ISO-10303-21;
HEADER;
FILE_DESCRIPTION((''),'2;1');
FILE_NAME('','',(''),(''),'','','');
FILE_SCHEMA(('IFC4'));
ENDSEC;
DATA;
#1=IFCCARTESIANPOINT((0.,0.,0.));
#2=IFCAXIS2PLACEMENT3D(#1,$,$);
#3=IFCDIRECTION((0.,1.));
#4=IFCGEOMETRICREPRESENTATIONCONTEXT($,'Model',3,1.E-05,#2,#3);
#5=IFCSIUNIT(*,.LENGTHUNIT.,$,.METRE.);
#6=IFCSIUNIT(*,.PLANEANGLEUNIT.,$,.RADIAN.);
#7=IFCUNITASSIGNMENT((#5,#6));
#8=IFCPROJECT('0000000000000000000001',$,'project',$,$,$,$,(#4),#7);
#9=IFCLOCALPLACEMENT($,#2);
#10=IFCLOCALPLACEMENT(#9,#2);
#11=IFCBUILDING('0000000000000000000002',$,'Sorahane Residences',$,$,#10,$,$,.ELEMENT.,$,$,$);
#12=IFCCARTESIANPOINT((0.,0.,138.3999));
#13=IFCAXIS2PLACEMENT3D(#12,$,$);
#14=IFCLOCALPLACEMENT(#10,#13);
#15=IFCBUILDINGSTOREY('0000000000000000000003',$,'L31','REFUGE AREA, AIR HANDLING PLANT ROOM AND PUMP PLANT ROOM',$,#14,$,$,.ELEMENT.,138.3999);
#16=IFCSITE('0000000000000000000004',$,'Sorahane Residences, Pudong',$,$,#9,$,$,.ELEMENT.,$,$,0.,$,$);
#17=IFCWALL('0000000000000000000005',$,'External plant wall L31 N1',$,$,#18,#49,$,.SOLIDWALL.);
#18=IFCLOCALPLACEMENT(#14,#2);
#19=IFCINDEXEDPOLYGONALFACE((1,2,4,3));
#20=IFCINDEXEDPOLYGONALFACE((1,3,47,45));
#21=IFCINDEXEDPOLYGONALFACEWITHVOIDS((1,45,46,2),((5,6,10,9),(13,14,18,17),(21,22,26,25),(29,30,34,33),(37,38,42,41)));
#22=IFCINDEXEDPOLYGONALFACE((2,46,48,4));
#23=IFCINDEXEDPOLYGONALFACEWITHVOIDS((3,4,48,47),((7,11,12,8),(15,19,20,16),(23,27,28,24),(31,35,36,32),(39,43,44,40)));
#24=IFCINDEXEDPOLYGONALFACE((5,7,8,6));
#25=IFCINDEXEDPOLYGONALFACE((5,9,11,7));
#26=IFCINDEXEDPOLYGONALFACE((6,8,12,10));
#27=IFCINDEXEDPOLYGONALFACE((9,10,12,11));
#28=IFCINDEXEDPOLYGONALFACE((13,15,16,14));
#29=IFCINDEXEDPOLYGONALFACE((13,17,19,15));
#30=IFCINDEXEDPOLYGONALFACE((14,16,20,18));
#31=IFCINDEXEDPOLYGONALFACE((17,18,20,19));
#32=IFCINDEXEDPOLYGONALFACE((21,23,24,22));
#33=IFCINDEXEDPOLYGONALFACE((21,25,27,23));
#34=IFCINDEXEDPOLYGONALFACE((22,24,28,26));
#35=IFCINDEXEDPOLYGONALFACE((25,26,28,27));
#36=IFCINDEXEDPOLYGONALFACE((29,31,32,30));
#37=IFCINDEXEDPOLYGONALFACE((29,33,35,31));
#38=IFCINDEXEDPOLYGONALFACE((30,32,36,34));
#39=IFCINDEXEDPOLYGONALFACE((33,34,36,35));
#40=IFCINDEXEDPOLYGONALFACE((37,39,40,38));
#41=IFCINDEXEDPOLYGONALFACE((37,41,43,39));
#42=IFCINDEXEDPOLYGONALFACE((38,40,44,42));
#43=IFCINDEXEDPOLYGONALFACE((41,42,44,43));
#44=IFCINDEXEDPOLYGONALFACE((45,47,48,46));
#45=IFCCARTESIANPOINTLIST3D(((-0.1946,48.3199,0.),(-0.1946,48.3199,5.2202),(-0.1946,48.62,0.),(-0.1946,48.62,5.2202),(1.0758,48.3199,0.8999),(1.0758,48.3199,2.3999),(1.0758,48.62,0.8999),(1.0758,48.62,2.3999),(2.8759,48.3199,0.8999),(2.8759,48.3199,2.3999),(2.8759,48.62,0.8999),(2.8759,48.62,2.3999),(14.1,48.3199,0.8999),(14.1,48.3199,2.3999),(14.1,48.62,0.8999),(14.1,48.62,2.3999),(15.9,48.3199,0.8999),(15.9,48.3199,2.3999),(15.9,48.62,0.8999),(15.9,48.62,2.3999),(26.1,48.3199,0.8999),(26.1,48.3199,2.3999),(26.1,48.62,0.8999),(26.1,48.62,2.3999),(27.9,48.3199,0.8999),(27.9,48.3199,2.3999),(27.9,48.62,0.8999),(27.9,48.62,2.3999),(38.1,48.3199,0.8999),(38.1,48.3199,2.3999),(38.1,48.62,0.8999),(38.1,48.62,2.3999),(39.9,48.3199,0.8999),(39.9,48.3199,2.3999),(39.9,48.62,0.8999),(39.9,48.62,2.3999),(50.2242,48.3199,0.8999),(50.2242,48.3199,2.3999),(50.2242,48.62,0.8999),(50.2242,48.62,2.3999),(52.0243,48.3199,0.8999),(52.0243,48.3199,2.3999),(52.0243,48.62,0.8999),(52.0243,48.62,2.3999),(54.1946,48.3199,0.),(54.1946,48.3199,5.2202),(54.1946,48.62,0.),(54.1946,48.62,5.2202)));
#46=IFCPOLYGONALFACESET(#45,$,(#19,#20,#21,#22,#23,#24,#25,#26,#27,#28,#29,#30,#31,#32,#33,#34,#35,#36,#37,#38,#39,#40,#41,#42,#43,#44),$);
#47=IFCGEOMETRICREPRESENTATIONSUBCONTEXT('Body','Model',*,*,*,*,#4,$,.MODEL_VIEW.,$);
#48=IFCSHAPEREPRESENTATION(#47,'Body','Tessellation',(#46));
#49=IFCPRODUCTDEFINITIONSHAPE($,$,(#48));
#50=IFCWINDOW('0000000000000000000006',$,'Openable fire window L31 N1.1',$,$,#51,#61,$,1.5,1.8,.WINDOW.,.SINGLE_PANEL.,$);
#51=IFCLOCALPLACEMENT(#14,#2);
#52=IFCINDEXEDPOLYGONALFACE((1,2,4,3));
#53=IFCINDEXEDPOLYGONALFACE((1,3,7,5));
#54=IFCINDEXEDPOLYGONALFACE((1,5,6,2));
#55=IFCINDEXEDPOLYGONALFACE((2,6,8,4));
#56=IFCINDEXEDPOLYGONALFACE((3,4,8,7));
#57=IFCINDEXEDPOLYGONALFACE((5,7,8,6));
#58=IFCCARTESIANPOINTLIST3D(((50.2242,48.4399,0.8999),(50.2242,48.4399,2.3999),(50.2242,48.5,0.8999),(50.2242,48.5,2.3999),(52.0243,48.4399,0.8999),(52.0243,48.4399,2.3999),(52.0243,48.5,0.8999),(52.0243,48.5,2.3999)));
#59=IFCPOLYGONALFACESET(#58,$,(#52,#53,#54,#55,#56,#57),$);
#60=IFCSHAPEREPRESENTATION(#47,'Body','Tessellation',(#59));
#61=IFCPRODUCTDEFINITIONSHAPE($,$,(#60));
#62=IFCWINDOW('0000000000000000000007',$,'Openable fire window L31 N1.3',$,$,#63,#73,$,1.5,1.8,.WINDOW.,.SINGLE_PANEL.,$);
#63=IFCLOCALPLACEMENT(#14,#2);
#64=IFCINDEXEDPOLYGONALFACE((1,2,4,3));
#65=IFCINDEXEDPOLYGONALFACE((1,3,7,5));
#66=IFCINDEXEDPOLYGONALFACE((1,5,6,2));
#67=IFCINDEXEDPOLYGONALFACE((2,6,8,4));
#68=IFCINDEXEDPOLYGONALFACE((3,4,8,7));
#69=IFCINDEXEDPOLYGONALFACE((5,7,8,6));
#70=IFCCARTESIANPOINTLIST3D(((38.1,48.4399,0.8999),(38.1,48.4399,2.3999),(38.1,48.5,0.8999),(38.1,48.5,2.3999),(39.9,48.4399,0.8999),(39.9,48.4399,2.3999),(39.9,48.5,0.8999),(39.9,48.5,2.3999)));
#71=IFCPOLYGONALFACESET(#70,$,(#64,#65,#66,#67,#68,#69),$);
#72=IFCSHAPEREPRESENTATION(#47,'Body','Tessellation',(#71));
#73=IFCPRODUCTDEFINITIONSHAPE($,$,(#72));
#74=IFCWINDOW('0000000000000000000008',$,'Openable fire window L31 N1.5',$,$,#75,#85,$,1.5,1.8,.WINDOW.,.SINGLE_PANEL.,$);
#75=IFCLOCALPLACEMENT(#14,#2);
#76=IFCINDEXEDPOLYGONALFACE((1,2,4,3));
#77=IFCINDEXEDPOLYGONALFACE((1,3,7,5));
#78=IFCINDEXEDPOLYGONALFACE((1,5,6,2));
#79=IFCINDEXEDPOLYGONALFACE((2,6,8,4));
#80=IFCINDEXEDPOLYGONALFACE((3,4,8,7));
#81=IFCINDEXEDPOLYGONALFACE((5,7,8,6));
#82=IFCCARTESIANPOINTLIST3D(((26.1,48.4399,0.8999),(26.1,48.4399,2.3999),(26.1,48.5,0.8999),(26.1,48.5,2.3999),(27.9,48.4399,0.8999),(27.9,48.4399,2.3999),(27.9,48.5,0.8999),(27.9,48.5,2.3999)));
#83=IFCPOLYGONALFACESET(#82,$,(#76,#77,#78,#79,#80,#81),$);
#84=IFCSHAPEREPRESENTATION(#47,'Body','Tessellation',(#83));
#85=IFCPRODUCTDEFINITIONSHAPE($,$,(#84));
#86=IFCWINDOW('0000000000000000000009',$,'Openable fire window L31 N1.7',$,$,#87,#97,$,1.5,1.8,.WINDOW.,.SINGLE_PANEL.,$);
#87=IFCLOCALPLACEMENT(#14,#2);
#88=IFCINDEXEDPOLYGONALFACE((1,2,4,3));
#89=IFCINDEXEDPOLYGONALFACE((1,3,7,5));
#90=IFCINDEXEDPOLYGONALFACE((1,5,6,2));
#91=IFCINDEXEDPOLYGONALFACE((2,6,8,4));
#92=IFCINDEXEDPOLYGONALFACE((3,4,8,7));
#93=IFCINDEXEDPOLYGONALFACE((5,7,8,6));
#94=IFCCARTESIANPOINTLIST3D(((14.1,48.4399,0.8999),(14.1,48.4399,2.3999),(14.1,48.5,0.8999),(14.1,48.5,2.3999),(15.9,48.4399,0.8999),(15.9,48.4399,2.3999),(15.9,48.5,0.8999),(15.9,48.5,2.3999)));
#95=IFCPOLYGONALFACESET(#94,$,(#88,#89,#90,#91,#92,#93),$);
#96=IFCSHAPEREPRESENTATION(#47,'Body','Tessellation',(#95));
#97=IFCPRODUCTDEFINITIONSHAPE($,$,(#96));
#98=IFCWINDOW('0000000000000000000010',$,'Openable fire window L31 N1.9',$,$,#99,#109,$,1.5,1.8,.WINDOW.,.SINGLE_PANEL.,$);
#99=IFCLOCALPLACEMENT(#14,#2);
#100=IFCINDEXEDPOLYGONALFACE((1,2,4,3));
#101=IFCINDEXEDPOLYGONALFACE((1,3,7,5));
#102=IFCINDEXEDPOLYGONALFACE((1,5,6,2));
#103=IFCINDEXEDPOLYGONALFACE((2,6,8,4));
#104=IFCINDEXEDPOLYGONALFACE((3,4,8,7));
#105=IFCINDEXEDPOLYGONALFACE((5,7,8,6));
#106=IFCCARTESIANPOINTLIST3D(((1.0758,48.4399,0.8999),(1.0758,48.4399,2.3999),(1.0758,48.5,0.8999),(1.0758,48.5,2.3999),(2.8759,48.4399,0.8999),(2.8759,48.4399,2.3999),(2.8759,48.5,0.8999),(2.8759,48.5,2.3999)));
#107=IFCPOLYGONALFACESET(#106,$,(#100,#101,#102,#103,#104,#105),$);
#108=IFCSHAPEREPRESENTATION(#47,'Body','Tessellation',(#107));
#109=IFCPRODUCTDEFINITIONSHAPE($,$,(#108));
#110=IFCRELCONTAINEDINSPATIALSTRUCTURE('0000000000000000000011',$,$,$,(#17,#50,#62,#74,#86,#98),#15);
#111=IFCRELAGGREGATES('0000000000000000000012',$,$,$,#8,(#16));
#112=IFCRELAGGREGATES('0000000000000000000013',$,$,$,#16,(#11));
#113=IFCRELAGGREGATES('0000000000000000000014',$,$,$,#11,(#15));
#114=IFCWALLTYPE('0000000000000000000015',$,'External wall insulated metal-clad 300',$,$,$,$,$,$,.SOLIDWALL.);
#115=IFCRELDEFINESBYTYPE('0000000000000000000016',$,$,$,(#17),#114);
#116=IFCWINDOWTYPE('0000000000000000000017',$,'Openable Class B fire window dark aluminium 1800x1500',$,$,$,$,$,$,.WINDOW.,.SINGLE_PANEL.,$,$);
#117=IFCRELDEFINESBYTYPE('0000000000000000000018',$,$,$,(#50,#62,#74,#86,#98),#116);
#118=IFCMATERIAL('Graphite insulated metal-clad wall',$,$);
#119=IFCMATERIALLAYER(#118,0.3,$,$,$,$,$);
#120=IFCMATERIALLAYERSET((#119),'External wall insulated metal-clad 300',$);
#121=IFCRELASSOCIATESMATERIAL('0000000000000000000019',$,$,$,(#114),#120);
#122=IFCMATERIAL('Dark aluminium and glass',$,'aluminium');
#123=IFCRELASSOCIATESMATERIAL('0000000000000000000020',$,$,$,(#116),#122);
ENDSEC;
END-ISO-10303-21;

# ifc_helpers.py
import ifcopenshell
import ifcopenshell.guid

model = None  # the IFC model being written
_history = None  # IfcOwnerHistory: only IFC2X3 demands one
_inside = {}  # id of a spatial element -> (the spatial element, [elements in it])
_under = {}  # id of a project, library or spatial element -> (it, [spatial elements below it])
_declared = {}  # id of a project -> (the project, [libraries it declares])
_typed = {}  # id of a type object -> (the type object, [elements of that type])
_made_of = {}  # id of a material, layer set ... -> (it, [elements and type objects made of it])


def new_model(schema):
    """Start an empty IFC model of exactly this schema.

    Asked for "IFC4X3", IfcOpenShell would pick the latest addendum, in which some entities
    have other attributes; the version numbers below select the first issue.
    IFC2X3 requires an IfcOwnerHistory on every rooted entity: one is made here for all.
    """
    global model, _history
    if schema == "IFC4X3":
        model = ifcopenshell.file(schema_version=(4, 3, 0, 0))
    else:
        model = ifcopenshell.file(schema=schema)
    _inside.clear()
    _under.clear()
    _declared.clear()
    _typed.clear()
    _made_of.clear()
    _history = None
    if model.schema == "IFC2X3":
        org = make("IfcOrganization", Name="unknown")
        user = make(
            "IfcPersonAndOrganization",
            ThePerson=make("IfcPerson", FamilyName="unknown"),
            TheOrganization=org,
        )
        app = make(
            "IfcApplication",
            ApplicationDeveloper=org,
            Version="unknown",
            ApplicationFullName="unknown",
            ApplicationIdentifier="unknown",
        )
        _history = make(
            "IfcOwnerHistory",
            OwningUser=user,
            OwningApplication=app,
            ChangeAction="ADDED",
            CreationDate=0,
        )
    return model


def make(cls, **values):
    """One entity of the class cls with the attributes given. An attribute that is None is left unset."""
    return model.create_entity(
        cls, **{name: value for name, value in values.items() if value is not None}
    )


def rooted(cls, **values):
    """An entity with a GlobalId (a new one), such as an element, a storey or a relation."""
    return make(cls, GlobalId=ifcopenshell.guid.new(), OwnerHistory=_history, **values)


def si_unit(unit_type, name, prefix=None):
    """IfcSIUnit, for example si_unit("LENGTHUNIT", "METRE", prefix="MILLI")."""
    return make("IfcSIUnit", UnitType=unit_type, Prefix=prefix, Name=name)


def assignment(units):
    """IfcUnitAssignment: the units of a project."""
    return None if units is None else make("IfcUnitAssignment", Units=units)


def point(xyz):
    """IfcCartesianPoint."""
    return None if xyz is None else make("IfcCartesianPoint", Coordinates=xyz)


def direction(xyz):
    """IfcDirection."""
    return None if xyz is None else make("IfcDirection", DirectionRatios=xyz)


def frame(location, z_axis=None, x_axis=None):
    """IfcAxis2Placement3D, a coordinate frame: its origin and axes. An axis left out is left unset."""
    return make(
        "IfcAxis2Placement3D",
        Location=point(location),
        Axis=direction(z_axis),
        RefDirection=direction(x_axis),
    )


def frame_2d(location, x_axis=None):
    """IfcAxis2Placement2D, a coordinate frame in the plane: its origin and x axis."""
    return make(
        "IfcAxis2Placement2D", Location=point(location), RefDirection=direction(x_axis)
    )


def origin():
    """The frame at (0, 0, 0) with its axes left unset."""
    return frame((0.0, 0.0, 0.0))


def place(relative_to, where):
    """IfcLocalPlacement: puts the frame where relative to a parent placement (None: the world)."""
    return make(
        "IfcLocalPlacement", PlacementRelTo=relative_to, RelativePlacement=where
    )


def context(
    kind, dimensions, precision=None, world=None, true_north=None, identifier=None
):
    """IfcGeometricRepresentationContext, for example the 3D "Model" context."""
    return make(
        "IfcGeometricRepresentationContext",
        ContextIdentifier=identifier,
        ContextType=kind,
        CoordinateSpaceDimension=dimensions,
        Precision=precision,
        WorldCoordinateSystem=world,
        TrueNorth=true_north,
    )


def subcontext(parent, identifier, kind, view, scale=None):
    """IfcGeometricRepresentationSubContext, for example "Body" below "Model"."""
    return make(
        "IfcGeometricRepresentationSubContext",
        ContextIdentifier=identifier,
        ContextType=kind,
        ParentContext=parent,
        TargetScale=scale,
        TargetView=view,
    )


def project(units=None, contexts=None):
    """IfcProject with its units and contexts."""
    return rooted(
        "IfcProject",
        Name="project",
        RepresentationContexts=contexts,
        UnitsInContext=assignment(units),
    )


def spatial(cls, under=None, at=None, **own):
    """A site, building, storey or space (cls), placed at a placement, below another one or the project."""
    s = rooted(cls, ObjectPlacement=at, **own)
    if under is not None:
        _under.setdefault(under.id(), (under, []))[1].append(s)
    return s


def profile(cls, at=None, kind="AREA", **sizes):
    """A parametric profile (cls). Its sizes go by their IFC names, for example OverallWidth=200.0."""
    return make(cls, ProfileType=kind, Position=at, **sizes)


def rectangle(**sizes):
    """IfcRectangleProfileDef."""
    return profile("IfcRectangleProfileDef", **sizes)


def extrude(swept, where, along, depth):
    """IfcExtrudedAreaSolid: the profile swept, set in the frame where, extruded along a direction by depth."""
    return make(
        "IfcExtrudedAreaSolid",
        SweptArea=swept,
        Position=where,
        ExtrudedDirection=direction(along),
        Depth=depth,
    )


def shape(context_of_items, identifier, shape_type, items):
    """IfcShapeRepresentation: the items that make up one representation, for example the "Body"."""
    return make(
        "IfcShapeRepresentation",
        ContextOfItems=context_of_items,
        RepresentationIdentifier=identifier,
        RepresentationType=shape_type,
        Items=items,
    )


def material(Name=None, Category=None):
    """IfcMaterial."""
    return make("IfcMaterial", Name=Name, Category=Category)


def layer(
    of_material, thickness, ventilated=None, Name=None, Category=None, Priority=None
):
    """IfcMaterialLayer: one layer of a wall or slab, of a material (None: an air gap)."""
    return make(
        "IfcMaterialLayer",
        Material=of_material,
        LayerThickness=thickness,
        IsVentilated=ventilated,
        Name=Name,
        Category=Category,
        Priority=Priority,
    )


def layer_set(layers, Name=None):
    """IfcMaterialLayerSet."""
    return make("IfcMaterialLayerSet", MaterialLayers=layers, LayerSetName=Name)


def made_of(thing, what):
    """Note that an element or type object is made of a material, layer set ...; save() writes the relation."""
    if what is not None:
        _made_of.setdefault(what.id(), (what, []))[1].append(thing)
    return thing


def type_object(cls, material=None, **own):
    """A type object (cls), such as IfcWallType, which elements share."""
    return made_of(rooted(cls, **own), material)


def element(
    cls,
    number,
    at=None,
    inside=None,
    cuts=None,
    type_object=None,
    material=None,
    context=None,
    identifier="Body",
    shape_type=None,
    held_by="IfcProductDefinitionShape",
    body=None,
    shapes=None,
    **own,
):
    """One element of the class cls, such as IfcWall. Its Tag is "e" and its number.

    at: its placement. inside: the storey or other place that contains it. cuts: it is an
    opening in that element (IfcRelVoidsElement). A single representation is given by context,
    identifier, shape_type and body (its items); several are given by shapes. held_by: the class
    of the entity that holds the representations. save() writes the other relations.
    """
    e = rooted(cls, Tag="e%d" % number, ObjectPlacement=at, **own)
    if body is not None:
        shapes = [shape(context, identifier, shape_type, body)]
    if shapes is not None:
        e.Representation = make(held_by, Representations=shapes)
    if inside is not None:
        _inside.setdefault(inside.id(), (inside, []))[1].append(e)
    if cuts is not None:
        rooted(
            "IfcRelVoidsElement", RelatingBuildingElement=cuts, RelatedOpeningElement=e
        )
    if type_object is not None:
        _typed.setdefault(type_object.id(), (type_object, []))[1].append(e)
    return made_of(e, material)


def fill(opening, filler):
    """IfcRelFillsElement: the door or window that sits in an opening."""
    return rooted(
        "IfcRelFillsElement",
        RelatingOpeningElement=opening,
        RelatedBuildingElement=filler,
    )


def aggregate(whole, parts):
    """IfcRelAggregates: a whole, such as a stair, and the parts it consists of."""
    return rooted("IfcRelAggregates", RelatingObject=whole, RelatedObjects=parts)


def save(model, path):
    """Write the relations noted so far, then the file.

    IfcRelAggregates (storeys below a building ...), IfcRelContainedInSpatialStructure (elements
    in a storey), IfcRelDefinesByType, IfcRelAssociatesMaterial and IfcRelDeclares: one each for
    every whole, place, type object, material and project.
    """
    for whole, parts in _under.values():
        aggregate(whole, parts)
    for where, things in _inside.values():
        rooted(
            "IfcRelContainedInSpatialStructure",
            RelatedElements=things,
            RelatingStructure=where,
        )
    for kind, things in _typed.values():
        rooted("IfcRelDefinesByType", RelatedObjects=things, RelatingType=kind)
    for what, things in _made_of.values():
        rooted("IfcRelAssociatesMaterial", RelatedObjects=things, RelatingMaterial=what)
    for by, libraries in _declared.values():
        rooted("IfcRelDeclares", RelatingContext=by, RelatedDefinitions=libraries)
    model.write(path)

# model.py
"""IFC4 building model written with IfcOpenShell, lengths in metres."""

from ifc_helpers import new_model, si_unit, direction, frame, frame_2d, origin, place, context, subcontext, project, spatial, rectangle, extrude, material, layer, layer_set, type_object, element, fill, save


model = new_model("IFC4")

# Units and contexts
model_context = context("Model", 3, precision=1e-05, world=origin(), true_north=direction((0.0, 1.0)))
body_context = subcontext(model_context, "Body", "Model", "MODEL_VIEW")
ifc_project = project(units=[si_unit("LENGTHUNIT", "METRE"), si_unit("PLANEANGLEUNIT", "RADIAN")], contexts=[model_context])

# Site, building, storey
site_placement = place(None, origin())
site = spatial("IfcSite", under=ifc_project, at=site_placement, Name="Sorahane Residences, Pudong", CompositionType="ELEMENT", RefElevation=0.0)
building_placement = place(site_placement, origin())
building = spatial("IfcBuilding", under=site, at=building_placement, Name="Sorahane Residences", CompositionType="ELEMENT")
storey_placement = place(building_placement, frame((0.0, 0.0, 138.3999)))
storey = spatial("IfcBuildingStorey", under=building, at=storey_placement, Name="L31", Description="REFUGE AREA, AIR HANDLING PLANT ROOM AND PUMP PLANT ROOM", CompositionType="ELEMENT", Elevation=138.3999)

# Shared definitions
ifc_material_1 = material(Name="Graphite insulated metal-clad wall")
ifc_layer_1 = layer(ifc_material_1, 0.3)
ifc_layer_set_1 = layer_set([ifc_layer_1], Name="External wall insulated metal-clad 300")
wall_type_1 = type_object("IfcWallType", Name="External wall insulated metal-clad 300", PredefinedType="SOLIDWALL", material=ifc_layer_set_1)
ifc_material_2 = material(Name="Dark aluminium and glass", Category="aluminium")
window_type = type_object("IfcWindowType", Name="Openable Class B fire window dark aluminium 1800x1500", PartitioningType="SINGLE_PANEL", PredefinedType="WINDOW", material=ifc_material_2)

# Wall, openings, windows
wall_1_placement = place(storey_placement, frame((54.1946, 48.47, 0.0), z_axis=(0.0, 0.0, 1.0), x_axis=(-1.0, 0.0, 0.0)))
wall_1 = element("IfcWall", 1, at=wall_1_placement, inside=storey, type_object=wall_type_1, Name="External plant wall L31 N1", PredefinedType="SOLIDWALL", context=body_context, shape_type="SweptSolid", body=[
    extrude(rectangle(XDim=54.3892, YDim=0.3, at=frame_2d((27.1946, 0.0))), origin(), (0.0, 0.0, 1.0), 5.2202),
])
opening_1_placement = place(wall_1_placement, frame((2.1704, 0.0, 0.8999)))
opening_1 = element("IfcOpeningElement", 2, at=opening_1_placement, cuts=wall_1, PredefinedType="OPENING", context=body_context, shape_type="SweptSolid", body=[
    extrude(rectangle(XDim=1.8, YDim=1.5, at=frame_2d((0.8999, 0.75))), frame((0.0, 0.1599, 0.0), z_axis=(0.0, -1.0, 0.0), x_axis=(1.0, 0.0, 0.0)), (0.0, 0.0, 1.0), 0.3201),
])
opening_2_placement = place(wall_1_placement, frame((14.2947, 0.0, 0.8999)))
opening_2 = element("IfcOpeningElement", 3, at=opening_2_placement, cuts=wall_1, PredefinedType="OPENING", context=body_context, shape_type="SweptSolid", body=[
    extrude(rectangle(XDim=1.8, YDim=1.5, at=frame_2d((0.8999, 0.75))), frame((0.0, 0.1599, 0.0), z_axis=(0.0, -1.0, 0.0), x_axis=(1.0, 0.0, 0.0)), (0.0, 0.0, 1.0), 0.3201),
])
opening_3_placement = place(wall_1_placement, frame((26.2947, 0.0, 0.8999)))
opening_3 = element("IfcOpeningElement", 4, at=opening_3_placement, cuts=wall_1, PredefinedType="OPENING", context=body_context, shape_type="SweptSolid", body=[
    extrude(rectangle(XDim=1.8, YDim=1.5, at=frame_2d((0.8999, 0.75))), frame((0.0, 0.1599, 0.0), z_axis=(0.0, -1.0, 0.0), x_axis=(1.0, 0.0, 0.0)), (0.0, 0.0, 1.0), 0.3201),
])
opening_4_placement = place(wall_1_placement, frame((38.2947, 0.0, 0.8999)))
opening_4 = element("IfcOpeningElement", 5, at=opening_4_placement, cuts=wall_1, PredefinedType="OPENING", context=body_context, shape_type="SweptSolid", body=[
    extrude(rectangle(XDim=1.8, YDim=1.5, at=frame_2d((0.8999, 0.75))), frame((0.0, 0.1599, 0.0), z_axis=(0.0, -1.0, 0.0), x_axis=(1.0, 0.0, 0.0)), (0.0, 0.0, 1.0), 0.3201),
])
opening_5_placement = place(wall_1_placement, frame((51.3188, 0.0, 0.8999)))
opening_5 = element("IfcOpeningElement", 6, at=opening_5_placement, cuts=wall_1, PredefinedType="OPENING", context=body_context, shape_type="SweptSolid", body=[
    extrude(rectangle(XDim=1.8, YDim=1.5, at=frame_2d((0.8999, 0.75))), frame((0.0, 0.1599, 0.0), z_axis=(0.0, -1.0, 0.0), x_axis=(1.0, 0.0, 0.0)), (0.0, 0.0, 1.0), 0.3201),
])
window_1_placement = place(opening_1_placement, origin())
window_1 = element("IfcWindow", 7, at=window_1_placement, inside=storey, type_object=window_type, Name="Openable fire window L31 N1.1", OverallHeight=1.5, OverallWidth=1.8, PartitioningType="SINGLE_PANEL", PredefinedType="WINDOW", context=body_context, shape_type="SweptSolid", body=[
    extrude(rectangle(XDim=1.8, YDim=1.5, at=frame_2d((0.8999, 0.75))), frame((0.0, 0.03, 0.0), z_axis=(0.0, -1.0, 0.0), x_axis=(1.0, 0.0, 0.0)), (0.0, 0.0, 1.0), 0.0601),
])
fill(opening_1, window_1)
window_2_placement = place(opening_2_placement, origin())
window_2 = element("IfcWindow", 8, at=window_2_placement, inside=storey, type_object=window_type, Name="Openable fire window L31 N1.3", OverallHeight=1.5, OverallWidth=1.8, PartitioningType="SINGLE_PANEL", PredefinedType="WINDOW", context=body_context, shape_type="SweptSolid", body=[
    extrude(rectangle(XDim=1.8, YDim=1.5, at=frame_2d((0.8999, 0.75))), frame((0.0, 0.03, 0.0), z_axis=(0.0, -1.0, 0.0), x_axis=(1.0, 0.0, 0.0)), (0.0, 0.0, 1.0), 0.0601),
])
fill(opening_2, window_2)
window_3_placement = place(opening_3_placement, origin())
window_3 = element("IfcWindow", 9, at=window_3_placement, inside=storey, type_object=window_type, Name="Openable fire window L31 N1.5", OverallHeight=1.5, OverallWidth=1.8, PartitioningType="SINGLE_PANEL", PredefinedType="WINDOW", context=body_context, shape_type="SweptSolid", body=[
    extrude(rectangle(XDim=1.8, YDim=1.5, at=frame_2d((0.8999, 0.75))), frame((0.0, 0.03, 0.0), z_axis=(0.0, -1.0, 0.0), x_axis=(1.0, 0.0, 0.0)), (0.0, 0.0, 1.0), 0.0601),
])
fill(opening_3, window_3)
window_4_placement = place(opening_4_placement, origin())
window_4 = element("IfcWindow", 10, at=window_4_placement, inside=storey, type_object=window_type, Name="Openable fire window L31 N1.7", OverallHeight=1.5, OverallWidth=1.8, PartitioningType="SINGLE_PANEL", PredefinedType="WINDOW", context=body_context, shape_type="SweptSolid", body=[
    extrude(rectangle(XDim=1.8, YDim=1.5, at=frame_2d((0.8999, 0.75))), frame((0.0, 0.03, 0.0), z_axis=(0.0, -1.0, 0.0), x_axis=(1.0, 0.0, 0.0)), (0.0, 0.0, 1.0), 0.0601),
])
fill(opening_4, window_4)
window_5_placement = place(opening_5_placement, origin())
window_5 = element("IfcWindow", 11, at=window_5_placement, inside=storey, type_object=window_type, Name="Openable fire window L31 N1.9", OverallHeight=1.5, OverallWidth=1.8, PartitioningType="SINGLE_PANEL", PredefinedType="WINDOW", context=body_context, shape_type="SweptSolid", body=[
    extrude(rectangle(XDim=1.8, YDim=1.5, at=frame_2d((0.8999, 0.75))), frame((0.0, 0.03, 0.0), z_axis=(0.0, -1.0, 0.0), x_axis=(1.0, 0.0, 0.0)), (0.0, 0.0, 1.0), 0.0601),
])
fill(opening_5, window_5)

save(model, "model.ifc")
